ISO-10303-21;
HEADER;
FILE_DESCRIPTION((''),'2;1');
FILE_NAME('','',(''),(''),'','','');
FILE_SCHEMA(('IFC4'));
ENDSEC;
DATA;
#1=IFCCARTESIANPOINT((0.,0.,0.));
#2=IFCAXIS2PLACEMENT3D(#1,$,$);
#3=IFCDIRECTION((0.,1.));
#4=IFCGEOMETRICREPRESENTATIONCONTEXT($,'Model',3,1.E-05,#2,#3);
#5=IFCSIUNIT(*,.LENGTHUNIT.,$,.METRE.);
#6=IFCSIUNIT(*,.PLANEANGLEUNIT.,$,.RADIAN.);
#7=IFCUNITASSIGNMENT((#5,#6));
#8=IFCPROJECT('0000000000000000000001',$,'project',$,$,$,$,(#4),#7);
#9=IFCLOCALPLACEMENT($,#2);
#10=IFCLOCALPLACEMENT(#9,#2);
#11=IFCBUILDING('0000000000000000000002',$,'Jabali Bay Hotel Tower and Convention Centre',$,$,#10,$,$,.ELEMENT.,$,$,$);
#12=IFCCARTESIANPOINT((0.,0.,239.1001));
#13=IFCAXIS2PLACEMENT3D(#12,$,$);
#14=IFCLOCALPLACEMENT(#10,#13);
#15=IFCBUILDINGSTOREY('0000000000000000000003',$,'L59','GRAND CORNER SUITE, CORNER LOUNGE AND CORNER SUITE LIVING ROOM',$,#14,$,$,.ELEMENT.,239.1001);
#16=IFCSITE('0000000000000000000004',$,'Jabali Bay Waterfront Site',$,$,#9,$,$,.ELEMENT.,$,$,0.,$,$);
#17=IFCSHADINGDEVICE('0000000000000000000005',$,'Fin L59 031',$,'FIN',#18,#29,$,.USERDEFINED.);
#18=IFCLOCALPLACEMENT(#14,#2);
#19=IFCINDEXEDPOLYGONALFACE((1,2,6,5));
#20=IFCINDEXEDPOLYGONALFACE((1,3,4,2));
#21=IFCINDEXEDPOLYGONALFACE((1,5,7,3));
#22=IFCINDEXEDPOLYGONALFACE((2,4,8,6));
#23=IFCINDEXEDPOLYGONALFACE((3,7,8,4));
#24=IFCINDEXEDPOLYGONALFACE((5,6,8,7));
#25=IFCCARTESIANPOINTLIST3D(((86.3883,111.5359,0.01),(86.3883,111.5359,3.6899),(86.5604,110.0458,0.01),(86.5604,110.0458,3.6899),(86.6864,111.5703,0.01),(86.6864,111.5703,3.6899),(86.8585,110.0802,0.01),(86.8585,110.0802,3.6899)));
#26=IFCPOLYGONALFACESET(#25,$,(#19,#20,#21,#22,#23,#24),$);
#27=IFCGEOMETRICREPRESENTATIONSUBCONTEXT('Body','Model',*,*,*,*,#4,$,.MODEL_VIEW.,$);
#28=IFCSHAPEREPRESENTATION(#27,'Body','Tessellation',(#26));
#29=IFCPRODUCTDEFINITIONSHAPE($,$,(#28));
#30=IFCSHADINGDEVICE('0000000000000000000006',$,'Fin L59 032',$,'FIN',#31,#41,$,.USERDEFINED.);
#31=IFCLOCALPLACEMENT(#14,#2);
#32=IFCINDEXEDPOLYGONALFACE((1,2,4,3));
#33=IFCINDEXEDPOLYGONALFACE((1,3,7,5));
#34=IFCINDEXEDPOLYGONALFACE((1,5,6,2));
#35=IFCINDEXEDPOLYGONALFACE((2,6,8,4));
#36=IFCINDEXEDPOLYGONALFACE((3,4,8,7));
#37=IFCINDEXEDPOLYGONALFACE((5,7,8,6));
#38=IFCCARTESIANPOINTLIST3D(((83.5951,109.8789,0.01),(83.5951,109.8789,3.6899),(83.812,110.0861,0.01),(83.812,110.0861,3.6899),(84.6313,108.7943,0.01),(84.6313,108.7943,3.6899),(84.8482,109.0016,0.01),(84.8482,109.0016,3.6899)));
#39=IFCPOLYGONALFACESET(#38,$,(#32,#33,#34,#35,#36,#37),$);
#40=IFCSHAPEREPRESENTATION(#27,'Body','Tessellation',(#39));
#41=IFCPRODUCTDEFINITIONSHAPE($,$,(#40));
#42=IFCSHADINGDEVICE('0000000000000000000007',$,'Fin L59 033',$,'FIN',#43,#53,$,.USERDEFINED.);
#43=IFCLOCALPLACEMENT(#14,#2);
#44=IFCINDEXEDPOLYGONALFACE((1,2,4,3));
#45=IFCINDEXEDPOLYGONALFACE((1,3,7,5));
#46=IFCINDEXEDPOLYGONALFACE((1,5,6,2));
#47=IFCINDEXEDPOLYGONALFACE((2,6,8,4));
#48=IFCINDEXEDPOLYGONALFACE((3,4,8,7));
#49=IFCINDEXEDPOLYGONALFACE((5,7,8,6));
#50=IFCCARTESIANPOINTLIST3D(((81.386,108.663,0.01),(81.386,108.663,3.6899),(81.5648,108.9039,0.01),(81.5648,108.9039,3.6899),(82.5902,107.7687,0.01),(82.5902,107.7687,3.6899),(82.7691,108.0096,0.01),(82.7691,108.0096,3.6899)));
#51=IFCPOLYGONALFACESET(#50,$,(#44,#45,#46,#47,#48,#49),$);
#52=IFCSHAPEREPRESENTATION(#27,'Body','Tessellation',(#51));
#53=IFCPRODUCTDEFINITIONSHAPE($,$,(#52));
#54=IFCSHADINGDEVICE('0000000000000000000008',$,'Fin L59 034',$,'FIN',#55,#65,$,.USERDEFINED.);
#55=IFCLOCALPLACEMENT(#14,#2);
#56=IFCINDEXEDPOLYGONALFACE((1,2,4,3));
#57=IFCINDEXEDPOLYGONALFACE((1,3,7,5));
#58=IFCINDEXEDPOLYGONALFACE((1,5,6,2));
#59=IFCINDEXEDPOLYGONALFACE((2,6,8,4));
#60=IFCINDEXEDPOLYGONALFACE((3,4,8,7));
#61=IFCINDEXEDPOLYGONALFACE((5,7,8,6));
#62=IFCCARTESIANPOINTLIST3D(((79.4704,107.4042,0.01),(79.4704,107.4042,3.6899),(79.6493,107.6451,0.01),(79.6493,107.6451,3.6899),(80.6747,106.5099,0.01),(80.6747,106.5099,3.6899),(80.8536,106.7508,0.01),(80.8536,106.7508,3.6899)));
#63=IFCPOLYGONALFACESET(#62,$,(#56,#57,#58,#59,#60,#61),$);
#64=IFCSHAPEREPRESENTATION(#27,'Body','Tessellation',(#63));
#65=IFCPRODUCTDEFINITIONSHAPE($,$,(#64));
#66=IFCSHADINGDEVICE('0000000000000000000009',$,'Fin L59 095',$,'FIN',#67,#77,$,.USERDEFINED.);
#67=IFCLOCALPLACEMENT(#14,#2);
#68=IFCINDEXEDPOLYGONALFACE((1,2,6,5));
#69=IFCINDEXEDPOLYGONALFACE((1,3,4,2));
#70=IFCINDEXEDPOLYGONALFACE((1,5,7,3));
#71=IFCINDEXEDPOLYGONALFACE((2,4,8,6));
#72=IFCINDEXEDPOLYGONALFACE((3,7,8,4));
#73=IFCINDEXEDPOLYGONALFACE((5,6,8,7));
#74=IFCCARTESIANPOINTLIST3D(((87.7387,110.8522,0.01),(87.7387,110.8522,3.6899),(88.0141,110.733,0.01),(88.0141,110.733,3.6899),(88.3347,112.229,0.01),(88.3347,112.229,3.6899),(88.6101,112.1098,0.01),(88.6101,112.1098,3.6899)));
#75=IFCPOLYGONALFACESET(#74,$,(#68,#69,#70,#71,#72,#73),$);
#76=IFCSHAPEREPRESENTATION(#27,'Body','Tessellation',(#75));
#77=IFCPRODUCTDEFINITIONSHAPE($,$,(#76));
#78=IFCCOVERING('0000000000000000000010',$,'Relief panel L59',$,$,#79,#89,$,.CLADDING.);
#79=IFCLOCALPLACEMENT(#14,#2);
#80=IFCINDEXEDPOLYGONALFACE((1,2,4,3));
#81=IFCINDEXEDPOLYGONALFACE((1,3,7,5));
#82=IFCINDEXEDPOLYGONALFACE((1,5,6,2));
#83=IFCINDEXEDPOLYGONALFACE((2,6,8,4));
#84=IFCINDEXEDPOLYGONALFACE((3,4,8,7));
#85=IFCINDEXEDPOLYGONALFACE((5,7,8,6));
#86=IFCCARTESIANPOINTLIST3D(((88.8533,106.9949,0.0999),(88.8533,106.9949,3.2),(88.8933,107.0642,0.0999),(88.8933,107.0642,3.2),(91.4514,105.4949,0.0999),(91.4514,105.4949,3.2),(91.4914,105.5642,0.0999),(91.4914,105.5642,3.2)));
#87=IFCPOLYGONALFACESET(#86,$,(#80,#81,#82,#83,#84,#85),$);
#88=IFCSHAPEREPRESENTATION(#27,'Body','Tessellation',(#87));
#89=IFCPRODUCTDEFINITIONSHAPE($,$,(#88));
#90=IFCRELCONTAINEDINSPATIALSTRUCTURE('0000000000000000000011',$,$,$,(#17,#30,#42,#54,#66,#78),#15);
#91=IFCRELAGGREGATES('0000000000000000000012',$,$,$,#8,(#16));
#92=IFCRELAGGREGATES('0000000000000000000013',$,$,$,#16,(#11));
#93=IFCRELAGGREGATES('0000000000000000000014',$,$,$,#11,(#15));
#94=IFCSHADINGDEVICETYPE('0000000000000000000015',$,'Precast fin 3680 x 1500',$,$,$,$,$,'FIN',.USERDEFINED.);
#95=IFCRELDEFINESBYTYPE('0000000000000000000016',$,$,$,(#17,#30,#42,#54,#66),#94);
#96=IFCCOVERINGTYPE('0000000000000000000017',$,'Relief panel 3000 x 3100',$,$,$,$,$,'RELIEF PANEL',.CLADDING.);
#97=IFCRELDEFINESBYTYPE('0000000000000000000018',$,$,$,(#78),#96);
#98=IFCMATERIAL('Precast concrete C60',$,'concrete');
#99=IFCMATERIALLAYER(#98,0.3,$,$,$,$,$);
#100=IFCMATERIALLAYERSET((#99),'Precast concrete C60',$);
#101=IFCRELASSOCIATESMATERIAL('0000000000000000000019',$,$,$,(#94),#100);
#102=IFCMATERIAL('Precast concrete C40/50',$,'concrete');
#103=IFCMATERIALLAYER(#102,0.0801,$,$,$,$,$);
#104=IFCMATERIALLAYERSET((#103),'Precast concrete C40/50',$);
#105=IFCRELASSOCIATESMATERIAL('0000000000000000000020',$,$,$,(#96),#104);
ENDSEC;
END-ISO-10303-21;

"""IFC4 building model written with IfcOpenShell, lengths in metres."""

from ifc_helpers import new_model, si_unit, direction, frame, frame_2d, origin, origin_2d, place, context, subcontext, project, spatial, rectangle, extrude, material, layer, layer_set, type_object, element, save


model = new_model("IFC4")

# Units and contexts
model_context = context("Model", 3, precision=1e-05, world=origin(), true_north=direction((0.0, 1.0)))
body_context = subcontext(model_context, "Body", "Model", "MODEL_VIEW")
ifc_project = project(units=[si_unit("LENGTHUNIT", "METRE"), si_unit("PLANEANGLEUNIT", "RADIAN")], contexts=[model_context])

# Site, building, storey
site_placement = place(None, origin())
site = spatial("IfcSite", under=ifc_project, at=site_placement, Name="Jabali Bay Waterfront Site", CompositionType="ELEMENT", RefElevation=0.0)
building_placement = place(site_placement, origin())
building = spatial("IfcBuilding", under=site, at=building_placement, Name="Jabali Bay Hotel Tower and Convention Centre", CompositionType="ELEMENT")
storey_placement = place(building_placement, frame((0.0, 0.0, 239.1001)))
storey = spatial("IfcBuildingStorey", under=building, at=storey_placement, Name="L59", Description="GRAND CORNER SUITE, CORNER LOUNGE AND CORNER SUITE LIVING ROOM", CompositionType="ELEMENT", Elevation=239.1001)

# Shading devices
ifc_material_1 = material(Name="Precast concrete C60", Category="concrete")
ifc_layer_1 = layer(ifc_material_1, 0.3)
ifc_layer_set_1 = layer_set([ifc_layer_1], Name="Precast concrete C60")
shading_device_type = type_object("IfcShadingDeviceType", Name="Precast fin 3680 x 1500", ElementType="FIN", PredefinedType="USERDEFINED", material=ifc_layer_set_1)
for number, where, z_axis, x_axis, name in (
    (1, (86.7095, 110.063, 0.01), (0.0, 0.0, 1.0), (-0.114754, 0.993394, 0.0), "Fin L59 031"),
    (2, (84.7397, 108.8979, 0.01), (0.0, 0.0, 1.0), (-0.690809, 0.723038, 0.0), "Fin L59 032"),
    (3, (82.6797, 107.8892, 0.01), (0.0, 0.0, 1.0), (-0.802862, 0.596165, 0.0), "Fin L59 033"),
    (4, (80.7642, 106.6304, 0.01), (0.0, 0.0, 1.0), (-0.802862, 0.596165, 0.0), "Fin L59 034"),
):
    element("IfcShadingDevice", number, at=place(storey_placement, frame(where, z_axis=z_axis, x_axis=x_axis)), inside=storey, type_object=shading_device_type, Name=name, ObjectType="FIN", PredefinedType="USERDEFINED", context=body_context, shape_type="SweptSolid", body=[
        extrude(rectangle(XDim=1.5, YDim=0.3, at=frame_2d((0.75, 0.0))), origin(), (0.0, 0.0, 1.0), 3.6799),
    ])
shading_device_placement = place(storey_placement, frame((87.8765, 110.7927, 0.01), z_axis=(0.0, 0.0, 1.0), x_axis=(0.397256, 0.917708, 0.0)))
element("IfcShadingDevice", 5, at=shading_device_placement, inside=storey, type_object=shading_device_type, Name="Fin L59 095", ObjectType="FIN", PredefinedType="USERDEFINED", context=body_context, shape_type="SweptSolid", body=[
    extrude(rectangle(XDim=1.5002, YDim=0.3, at=frame_2d((0.75, 0.0))), origin(), (0.0, 0.0, 1.0), 3.6799),
])

# Covering
ifc_material_2 = material(Name="Precast concrete C40/50", Category="concrete")
ifc_layer_2 = layer(ifc_material_2, 0.0801)
ifc_layer_set_2 = layer_set([ifc_layer_2], Name="Precast concrete C40/50")
covering_type = type_object("IfcCoveringType", Name="Relief panel 3000 x 3100", ElementType="RELIEF PANEL", PredefinedType="CLADDING", material=ifc_layer_set_2)
covering_placement = place(storey_placement, frame((90.1724, 106.2795, 0.0999), z_axis=(0.0, 0.0, 1.0), x_axis=(0.866025, -0.5, 0.0)))
element("IfcCovering", 6, at=covering_placement, inside=storey, type_object=covering_type, Name="Relief panel L59", PredefinedType="CLADDING", context=body_context, shape_type="SweptSolid", body=[
    extrude(rectangle(XDim=3.0, YDim=0.0801, at=origin_2d()), origin(), (0.0, 0.0, 1.0), 3.1001),
])

save(model, "model.ifc")
